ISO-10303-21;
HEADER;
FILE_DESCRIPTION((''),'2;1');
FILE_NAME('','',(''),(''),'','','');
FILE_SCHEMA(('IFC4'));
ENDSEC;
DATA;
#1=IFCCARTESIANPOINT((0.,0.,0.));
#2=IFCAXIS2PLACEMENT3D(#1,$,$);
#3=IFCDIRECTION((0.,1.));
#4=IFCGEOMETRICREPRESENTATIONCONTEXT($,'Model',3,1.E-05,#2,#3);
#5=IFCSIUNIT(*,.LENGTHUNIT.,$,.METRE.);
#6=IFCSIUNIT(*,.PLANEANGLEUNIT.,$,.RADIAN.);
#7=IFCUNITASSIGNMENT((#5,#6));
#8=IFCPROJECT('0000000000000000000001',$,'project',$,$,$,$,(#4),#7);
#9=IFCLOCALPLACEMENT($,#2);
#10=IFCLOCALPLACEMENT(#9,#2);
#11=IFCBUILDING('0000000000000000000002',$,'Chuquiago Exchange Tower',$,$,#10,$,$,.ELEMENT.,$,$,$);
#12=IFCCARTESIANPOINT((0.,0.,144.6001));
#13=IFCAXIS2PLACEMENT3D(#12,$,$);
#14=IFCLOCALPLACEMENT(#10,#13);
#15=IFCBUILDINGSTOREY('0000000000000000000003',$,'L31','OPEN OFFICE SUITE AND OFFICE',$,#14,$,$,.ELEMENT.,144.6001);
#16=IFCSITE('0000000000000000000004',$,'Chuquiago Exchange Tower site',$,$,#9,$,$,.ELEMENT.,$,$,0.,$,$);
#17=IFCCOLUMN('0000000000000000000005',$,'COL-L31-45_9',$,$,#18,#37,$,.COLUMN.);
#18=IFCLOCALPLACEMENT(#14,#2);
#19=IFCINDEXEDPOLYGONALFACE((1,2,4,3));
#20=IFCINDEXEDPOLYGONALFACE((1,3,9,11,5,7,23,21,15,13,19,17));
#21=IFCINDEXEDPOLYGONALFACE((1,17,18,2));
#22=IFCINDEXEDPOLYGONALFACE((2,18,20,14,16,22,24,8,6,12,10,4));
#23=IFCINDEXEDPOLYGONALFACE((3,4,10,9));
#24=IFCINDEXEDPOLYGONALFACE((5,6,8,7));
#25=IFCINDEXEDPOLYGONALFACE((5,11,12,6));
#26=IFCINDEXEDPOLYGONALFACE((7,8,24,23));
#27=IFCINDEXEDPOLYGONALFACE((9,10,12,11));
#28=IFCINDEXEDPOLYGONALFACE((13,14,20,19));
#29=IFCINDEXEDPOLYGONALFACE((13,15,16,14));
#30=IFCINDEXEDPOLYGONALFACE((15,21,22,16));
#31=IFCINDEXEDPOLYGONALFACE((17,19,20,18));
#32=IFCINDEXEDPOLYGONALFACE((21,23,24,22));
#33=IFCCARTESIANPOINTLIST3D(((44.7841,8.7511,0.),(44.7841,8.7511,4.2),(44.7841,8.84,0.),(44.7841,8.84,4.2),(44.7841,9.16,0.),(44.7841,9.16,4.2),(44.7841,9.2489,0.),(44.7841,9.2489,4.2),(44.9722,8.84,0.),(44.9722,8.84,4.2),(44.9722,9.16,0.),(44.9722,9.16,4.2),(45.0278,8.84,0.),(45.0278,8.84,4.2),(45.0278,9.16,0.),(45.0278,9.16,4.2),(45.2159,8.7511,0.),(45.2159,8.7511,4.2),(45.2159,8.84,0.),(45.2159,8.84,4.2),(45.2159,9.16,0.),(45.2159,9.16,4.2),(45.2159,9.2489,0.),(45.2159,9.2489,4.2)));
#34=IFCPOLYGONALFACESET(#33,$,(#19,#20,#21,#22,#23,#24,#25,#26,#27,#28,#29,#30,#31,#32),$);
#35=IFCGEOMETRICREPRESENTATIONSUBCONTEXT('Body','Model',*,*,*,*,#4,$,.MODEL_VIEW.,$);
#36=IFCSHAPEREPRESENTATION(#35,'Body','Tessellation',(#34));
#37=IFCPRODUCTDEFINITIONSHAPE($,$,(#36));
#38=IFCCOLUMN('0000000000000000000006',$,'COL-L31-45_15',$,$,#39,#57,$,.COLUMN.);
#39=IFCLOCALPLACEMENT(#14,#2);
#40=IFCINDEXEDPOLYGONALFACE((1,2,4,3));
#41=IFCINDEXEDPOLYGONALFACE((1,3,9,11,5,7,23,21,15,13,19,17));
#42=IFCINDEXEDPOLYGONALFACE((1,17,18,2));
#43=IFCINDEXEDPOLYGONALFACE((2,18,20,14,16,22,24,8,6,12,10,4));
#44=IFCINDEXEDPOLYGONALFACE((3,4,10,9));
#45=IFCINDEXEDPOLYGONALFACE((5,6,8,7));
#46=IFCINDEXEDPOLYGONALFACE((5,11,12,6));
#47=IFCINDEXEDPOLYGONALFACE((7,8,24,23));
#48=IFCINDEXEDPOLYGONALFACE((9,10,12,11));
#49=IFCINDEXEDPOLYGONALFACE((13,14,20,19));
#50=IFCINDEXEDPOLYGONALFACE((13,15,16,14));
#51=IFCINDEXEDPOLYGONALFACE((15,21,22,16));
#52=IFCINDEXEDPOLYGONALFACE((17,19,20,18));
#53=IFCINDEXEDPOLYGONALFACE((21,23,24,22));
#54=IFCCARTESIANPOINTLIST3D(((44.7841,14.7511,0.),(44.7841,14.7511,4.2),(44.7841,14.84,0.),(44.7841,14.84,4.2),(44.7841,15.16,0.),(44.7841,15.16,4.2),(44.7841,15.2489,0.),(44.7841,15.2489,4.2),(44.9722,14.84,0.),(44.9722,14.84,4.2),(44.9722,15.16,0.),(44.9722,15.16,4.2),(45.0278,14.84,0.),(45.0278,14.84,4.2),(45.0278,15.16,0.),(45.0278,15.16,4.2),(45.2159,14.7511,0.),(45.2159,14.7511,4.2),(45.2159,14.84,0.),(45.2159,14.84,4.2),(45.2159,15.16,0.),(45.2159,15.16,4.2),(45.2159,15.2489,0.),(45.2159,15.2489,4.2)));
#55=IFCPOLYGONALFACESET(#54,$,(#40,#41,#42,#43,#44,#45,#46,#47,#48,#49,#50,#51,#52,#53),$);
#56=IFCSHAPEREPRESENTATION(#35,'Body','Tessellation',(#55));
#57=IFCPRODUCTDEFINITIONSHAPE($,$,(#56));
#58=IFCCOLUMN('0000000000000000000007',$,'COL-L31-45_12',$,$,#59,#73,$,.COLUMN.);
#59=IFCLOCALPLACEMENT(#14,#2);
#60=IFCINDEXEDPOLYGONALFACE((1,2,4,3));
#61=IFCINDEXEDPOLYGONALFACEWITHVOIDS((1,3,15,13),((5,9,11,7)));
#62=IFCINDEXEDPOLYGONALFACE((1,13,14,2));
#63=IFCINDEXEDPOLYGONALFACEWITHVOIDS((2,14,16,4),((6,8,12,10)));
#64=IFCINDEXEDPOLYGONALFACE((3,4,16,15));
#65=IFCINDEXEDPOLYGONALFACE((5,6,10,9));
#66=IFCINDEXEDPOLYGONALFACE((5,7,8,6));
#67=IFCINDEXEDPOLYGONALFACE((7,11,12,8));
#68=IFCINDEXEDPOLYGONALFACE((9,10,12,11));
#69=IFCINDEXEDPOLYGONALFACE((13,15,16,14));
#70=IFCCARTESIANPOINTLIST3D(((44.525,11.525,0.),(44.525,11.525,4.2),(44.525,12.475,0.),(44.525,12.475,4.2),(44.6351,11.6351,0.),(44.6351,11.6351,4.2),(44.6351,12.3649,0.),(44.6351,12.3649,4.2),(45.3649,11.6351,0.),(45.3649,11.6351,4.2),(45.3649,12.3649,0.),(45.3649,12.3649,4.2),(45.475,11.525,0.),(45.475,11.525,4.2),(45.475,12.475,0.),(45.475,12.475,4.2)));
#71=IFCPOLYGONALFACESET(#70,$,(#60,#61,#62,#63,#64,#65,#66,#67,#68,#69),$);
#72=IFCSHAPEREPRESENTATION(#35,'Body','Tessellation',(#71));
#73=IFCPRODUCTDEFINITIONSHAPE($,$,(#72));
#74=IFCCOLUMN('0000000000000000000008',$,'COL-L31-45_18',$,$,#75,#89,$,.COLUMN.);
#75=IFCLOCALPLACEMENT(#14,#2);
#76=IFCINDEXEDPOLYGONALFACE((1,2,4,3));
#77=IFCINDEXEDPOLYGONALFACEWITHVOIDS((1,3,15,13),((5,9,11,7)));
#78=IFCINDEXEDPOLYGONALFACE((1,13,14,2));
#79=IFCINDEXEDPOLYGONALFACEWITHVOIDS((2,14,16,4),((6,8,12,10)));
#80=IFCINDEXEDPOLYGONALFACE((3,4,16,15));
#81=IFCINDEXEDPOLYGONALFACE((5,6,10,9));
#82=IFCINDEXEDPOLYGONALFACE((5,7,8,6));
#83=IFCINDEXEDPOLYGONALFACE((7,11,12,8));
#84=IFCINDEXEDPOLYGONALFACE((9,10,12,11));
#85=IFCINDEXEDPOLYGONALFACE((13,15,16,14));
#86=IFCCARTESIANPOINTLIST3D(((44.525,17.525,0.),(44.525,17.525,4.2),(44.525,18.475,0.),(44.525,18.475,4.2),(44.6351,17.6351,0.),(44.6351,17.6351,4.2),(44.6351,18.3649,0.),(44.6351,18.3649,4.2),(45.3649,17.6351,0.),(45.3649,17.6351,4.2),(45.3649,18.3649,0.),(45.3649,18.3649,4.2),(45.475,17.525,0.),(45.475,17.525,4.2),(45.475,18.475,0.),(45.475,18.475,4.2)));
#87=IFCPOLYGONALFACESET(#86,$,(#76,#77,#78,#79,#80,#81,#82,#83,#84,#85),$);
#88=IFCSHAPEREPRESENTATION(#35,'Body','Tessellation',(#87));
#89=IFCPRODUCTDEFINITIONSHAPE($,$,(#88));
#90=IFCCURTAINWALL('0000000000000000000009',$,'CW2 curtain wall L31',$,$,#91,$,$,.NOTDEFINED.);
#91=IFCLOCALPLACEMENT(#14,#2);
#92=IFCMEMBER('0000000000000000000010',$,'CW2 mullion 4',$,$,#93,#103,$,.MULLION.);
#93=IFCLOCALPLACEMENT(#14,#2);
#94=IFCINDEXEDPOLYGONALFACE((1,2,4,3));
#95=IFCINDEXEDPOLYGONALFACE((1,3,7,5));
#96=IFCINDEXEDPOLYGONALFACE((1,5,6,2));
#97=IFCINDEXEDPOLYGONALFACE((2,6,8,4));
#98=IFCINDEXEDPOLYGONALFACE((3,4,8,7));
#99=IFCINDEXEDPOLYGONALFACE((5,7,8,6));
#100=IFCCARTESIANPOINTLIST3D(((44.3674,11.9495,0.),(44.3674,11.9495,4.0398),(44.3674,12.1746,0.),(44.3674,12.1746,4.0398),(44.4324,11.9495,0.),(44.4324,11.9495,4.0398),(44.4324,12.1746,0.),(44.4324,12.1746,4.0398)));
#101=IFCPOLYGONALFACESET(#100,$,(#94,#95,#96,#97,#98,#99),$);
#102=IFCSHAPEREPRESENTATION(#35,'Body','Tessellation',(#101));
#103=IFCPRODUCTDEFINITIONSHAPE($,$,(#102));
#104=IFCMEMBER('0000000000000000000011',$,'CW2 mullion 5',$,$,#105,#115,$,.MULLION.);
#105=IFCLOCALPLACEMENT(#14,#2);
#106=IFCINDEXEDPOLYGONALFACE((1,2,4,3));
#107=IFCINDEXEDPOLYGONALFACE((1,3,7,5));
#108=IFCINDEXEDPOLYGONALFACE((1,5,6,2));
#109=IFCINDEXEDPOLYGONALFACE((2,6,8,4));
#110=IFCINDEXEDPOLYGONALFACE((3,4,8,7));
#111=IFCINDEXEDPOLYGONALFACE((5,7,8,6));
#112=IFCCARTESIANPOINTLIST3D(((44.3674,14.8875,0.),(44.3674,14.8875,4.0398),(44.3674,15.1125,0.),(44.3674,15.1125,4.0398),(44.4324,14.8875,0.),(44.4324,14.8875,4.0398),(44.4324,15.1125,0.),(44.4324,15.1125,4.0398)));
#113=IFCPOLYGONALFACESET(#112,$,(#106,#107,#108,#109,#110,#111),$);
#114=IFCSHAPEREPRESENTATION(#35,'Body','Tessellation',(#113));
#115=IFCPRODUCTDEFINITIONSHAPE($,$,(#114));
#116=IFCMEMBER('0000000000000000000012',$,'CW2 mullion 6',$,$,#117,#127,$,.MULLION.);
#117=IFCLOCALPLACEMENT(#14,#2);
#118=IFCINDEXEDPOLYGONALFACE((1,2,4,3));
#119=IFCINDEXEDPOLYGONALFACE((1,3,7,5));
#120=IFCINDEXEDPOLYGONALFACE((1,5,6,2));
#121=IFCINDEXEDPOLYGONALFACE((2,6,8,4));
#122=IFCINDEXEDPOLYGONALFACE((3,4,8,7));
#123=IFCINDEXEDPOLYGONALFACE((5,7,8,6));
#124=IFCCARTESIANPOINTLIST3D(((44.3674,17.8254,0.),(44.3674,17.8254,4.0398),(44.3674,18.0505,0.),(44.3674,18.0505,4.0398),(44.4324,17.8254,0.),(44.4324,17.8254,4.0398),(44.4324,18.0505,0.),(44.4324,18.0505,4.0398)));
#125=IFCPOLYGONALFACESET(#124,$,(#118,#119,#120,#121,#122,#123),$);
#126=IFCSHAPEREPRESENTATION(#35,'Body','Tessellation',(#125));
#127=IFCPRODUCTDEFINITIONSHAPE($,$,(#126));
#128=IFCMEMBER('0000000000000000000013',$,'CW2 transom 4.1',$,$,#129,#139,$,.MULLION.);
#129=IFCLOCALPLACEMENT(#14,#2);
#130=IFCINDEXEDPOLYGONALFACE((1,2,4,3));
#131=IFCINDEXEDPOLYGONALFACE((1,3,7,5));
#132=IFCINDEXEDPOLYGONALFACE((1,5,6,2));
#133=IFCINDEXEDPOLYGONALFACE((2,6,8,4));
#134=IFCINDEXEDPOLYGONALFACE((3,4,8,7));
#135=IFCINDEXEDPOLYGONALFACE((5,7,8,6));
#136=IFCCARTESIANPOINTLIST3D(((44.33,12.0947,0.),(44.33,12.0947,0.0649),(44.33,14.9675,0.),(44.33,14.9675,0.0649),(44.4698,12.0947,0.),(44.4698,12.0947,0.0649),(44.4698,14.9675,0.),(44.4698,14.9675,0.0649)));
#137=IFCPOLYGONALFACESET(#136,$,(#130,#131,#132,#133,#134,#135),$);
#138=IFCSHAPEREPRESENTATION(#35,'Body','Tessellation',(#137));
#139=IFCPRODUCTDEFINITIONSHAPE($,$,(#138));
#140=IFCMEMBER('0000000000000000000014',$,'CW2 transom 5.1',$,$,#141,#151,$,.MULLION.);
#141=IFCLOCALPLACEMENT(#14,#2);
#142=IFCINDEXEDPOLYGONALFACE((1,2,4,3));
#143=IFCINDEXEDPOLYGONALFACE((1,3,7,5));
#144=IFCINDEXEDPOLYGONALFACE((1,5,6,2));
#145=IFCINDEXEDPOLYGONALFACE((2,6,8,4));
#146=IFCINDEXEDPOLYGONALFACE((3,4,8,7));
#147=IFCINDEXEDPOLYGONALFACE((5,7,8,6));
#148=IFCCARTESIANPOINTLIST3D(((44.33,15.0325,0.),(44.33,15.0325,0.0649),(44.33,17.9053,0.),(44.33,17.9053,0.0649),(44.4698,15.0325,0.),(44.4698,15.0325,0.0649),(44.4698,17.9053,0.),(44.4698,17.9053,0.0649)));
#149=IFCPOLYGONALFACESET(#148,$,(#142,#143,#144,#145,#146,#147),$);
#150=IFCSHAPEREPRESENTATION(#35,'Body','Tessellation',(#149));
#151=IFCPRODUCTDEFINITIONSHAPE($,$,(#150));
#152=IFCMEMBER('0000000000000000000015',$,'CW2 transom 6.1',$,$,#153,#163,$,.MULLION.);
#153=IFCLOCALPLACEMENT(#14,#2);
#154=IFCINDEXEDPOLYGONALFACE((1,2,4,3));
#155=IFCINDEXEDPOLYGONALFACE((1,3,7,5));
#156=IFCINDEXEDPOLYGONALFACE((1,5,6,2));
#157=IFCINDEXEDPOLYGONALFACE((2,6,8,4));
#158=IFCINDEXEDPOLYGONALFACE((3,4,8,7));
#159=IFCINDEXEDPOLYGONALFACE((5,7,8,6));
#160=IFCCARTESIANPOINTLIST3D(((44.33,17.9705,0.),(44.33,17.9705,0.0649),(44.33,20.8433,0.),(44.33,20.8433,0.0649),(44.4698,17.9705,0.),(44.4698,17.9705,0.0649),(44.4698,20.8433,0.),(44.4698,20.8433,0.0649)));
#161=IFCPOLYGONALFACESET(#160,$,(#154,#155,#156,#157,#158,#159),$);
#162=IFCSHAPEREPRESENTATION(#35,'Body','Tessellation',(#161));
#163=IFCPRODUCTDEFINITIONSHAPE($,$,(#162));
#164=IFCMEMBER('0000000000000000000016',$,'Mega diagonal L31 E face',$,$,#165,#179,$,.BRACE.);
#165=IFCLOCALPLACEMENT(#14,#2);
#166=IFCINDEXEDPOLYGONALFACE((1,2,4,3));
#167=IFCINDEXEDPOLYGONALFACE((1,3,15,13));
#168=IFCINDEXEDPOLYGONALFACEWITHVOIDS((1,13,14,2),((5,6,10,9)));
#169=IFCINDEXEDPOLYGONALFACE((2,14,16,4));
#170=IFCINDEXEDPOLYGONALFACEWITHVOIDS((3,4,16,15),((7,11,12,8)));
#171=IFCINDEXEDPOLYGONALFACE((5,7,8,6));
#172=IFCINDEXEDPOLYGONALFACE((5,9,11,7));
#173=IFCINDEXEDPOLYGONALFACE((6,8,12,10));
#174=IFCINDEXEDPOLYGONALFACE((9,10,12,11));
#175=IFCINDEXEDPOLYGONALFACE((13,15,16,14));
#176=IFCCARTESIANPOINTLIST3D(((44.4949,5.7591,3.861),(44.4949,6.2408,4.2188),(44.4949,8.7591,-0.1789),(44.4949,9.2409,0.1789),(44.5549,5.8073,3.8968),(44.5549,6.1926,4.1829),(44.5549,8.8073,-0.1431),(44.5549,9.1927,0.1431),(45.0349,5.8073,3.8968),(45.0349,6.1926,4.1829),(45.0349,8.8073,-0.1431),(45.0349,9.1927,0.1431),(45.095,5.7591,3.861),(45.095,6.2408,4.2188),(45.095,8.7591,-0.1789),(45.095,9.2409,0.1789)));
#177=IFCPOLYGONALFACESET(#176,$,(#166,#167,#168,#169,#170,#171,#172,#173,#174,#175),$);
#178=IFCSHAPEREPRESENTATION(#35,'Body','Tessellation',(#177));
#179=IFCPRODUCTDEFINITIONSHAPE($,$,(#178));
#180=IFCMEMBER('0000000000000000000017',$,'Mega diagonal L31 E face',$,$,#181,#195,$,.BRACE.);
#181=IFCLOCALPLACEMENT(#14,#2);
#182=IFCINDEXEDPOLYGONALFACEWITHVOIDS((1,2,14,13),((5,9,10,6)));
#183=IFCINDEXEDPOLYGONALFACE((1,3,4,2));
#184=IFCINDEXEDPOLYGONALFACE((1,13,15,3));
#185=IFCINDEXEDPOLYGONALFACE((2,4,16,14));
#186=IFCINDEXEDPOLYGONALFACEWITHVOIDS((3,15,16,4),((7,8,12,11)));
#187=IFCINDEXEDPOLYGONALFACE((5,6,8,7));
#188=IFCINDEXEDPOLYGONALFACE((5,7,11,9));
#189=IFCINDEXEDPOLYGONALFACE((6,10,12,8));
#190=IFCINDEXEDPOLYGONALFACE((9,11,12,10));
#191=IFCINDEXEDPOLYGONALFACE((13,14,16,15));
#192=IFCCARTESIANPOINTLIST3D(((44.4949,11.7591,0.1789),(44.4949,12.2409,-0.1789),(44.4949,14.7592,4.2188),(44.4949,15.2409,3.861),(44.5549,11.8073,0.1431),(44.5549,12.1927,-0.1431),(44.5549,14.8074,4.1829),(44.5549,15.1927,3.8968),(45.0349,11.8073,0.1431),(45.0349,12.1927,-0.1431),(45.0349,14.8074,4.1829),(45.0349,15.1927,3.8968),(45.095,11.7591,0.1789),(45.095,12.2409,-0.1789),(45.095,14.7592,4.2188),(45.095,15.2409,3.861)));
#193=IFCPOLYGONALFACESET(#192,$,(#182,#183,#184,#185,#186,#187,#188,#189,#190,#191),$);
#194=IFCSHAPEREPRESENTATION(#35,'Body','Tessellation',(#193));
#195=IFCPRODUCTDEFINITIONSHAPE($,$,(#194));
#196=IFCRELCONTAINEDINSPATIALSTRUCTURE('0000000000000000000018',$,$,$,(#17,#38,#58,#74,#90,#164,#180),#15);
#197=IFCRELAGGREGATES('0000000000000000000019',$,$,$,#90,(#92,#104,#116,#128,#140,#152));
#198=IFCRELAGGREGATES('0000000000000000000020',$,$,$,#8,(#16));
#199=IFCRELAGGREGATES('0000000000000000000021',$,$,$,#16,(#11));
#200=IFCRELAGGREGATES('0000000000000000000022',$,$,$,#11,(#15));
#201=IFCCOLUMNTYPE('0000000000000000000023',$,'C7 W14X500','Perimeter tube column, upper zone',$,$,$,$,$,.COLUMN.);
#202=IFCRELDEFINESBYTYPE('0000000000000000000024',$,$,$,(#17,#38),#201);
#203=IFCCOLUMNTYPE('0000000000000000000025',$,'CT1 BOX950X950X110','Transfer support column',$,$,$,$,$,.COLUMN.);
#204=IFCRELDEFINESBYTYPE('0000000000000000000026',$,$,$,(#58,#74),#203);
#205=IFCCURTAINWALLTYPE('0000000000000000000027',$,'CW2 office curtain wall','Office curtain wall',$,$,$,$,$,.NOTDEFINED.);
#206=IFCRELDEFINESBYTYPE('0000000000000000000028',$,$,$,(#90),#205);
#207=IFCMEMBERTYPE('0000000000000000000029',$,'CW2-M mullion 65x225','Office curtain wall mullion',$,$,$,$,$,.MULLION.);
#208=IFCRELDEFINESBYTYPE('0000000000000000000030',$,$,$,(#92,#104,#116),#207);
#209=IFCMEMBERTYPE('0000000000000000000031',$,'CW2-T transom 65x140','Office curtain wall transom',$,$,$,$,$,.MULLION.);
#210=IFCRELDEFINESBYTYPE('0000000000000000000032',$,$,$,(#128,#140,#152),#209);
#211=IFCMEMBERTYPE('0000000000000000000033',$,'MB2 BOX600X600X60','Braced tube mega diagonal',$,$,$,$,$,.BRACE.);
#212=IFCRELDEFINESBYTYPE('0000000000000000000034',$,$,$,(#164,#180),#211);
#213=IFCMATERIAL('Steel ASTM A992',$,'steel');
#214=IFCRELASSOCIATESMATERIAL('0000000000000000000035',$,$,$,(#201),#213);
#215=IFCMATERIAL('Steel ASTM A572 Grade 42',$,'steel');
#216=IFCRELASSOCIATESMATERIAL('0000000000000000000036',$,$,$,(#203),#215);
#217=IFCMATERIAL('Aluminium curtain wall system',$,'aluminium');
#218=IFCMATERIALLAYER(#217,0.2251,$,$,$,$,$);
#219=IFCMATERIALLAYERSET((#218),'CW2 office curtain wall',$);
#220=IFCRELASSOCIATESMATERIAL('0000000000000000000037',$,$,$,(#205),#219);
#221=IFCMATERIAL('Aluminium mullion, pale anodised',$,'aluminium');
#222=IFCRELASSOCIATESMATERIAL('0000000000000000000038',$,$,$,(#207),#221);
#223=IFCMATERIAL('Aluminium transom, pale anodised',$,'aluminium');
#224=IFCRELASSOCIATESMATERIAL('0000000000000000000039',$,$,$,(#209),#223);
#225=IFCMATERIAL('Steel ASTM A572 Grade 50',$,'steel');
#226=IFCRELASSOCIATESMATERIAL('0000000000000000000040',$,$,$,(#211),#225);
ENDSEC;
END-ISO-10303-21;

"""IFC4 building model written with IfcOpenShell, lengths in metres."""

from ifc_helpers import new_model, si_unit, direction, frame, origin, origin_2d, place, context, subcontext, project, spatial, rectangle, hollow_rectangle, i_section, extrude, material, layer, layer_set, material_profile, profile_set, type_object, element, aggregate, save


model = new_model("IFC4")

# Units and contexts
model_context = context("Model", 3, precision=1e-05, world=origin(), true_north=direction((0.0, 1.0)))
body_context = subcontext(model_context, "Body", "Model", "MODEL_VIEW")
ifc_project = project(units=[si_unit("LENGTHUNIT", "METRE"), si_unit("PLANEANGLEUNIT", "RADIAN")], contexts=[model_context])

# Site, building, storey
site_placement = place(None, origin())
site = spatial("IfcSite", under=ifc_project, at=site_placement, Name="Chuquiago Exchange Tower site", CompositionType="ELEMENT", RefElevation=0.0)
building_placement = place(site_placement, origin())
building = spatial("IfcBuilding", under=site, at=building_placement, Name="Chuquiago Exchange Tower", CompositionType="ELEMENT")
storey_placement = place(building_placement, frame((0.0, 0.0, 144.6001)))
storey = spatial("IfcBuildingStorey", under=building, at=storey_placement, Name="L31", Description="OPEN OFFICE SUITE AND OFFICE", CompositionType="ELEMENT", Elevation=144.6001)

# Columns
ifc_material_1 = material(Name="Steel ASTM A992", Category="steel")
ifc_material_profile_1 = material_profile(ifc_material_1, i_section(OverallWidth=0.4319, OverallDepth=0.4978, WebThickness=0.0557, FlangeThickness=0.0889, at=origin_2d()), Name="W14X500")
ifc_profile_set_1 = profile_set([ifc_material_profile_1], Name="Steel ASTM A992")
column_type_1 = type_object("IfcColumnType", Name="C7 W14X500", Description="Perimeter tube column, upper zone", PredefinedType="COLUMN", material=ifc_profile_set_1)
for number, where, z_axis, x_axis, name in (
    (1, (45.0, 9.0, 0.0), (0.0, 0.0, 1.0), (1.0, 0.0, 0.0), "COL-L31-45_9"),
    (2, (45.0, 15.0, 0.0), (0.0, 0.0, 1.0), (1.0, 0.0, 0.0), "COL-L31-45_15"),
):
    element("IfcColumn", number, at=place(storey_placement, frame(where, z_axis=z_axis, x_axis=x_axis)), inside=storey, type_object=column_type_1, Name=name, PredefinedType="COLUMN", context=body_context, shape_type="SweptSolid", body=[
        extrude(i_section(OverallWidth=0.4319, OverallDepth=0.4978, WebThickness=0.0557, FlangeThickness=0.0889, at=origin_2d()), origin(), (0.0, 0.0, 1.0), 4.2),
    ])
ifc_material_2 = material(Name="Steel ASTM A572 Grade 42", Category="steel")
ifc_material_profile_2 = material_profile(ifc_material_2, hollow_rectangle(XDim=0.95, YDim=0.95, WallThickness=0.1101, at=origin_2d()), Name="BOX950X950X110")
ifc_profile_set_2 = profile_set([ifc_material_profile_2], Name="Steel ASTM A572 Grade 42")
column_type_2 = type_object("IfcColumnType", Name="CT1 BOX950X950X110", Description="Transfer support column", PredefinedType="COLUMN", material=ifc_profile_set_2)
for number, where, z_axis, x_axis, name in (
    (3, (45.0, 12.0, 0.0), (0.0, 0.0, 1.0), (1.0, 0.0, 0.0), "COL-L31-45_12"),
    (4, (45.0, 18.0, 0.0), (0.0, 0.0, 1.0), (1.0, 0.0, 0.0), "COL-L31-45_18"),
):
    element("IfcColumn", number, at=place(storey_placement, frame(where, z_axis=z_axis, x_axis=x_axis)), inside=storey, type_object=column_type_2, Name=name, PredefinedType="COLUMN", context=body_context, shape_type="SweptSolid", body=[
        extrude(hollow_rectangle(XDim=0.95, YDim=0.95, WallThickness=0.1101, at=origin_2d()), origin(), (0.0, 0.0, 1.0), 4.2),
    ])

# Curtain wall, members
ifc_material_3 = material(Name="Aluminium curtain wall system", Category="aluminium")
ifc_layer_1 = layer(ifc_material_3, 0.2251)
ifc_layer_set_1 = layer_set([ifc_layer_1], Name="CW2 office curtain wall")
curtain_wall_type = type_object("IfcCurtainWallType", Name="CW2 office curtain wall", Description="Office curtain wall", PredefinedType="NOTDEFINED", material=ifc_layer_set_1)
curtain_wall_placement = place(storey_placement, origin())
curtain_wall = element("IfcCurtainWall", 5, at=curtain_wall_placement, inside=storey, type_object=curtain_wall_type, Name="CW2 curtain wall L31", PredefinedType="NOTDEFINED")
ifc_material_4 = material(Name="Aluminium mullion, pale anodised", Category="aluminium")
ifc_material_profile_3 = material_profile(ifc_material_4, rectangle(XDim=0.0649, YDim=0.2251, at=origin_2d()), Name="AL 65x225")
ifc_profile_set_3 = profile_set([ifc_material_profile_3], Name="Aluminium mullion, pale anodised")
member_type_1 = type_object("IfcMemberType", Name="CW2-M mullion 65x225", Description="Office curtain wall mullion", PredefinedType="MULLION", material=ifc_profile_set_3)
member_1_placement = place(storey_placement, frame((44.3999, 12.062, 0.0), z_axis=(0.0, 0.0, 1.0), x_axis=(-1.0, 0.0, 0.0)))
member_1 = element("IfcMember", 6, at=member_1_placement, type_object=member_type_1, Name="CW2 mullion 4", PredefinedType="MULLION", context=body_context, shape_type="SweptSolid", body=[
    extrude(rectangle(XDim=0.0649, YDim=0.2251, at=origin_2d()), origin(), (0.0, 0.0, 1.0), 4.0398),
])
member_2_placement = place(storey_placement, frame((44.3999, 15.0, 0.0), z_axis=(0.0, 0.0, 1.0), x_axis=(-1.0, 0.0, 0.0)))
member_2 = element("IfcMember", 7, at=member_2_placement, type_object=member_type_1, Name="CW2 mullion 5", PredefinedType="MULLION", context=body_context, shape_type="SweptSolid", body=[
    extrude(rectangle(XDim=0.0649, YDim=0.2251, at=origin_2d()), origin(), (0.0, 0.0, 1.0), 4.0398),
])
member_3_placement = place(storey_placement, frame((44.3999, 17.938, 0.0), z_axis=(0.0, 0.0, 1.0), x_axis=(-1.0, 0.0, 0.0)))
member_3 = element("IfcMember", 8, at=member_3_placement, type_object=member_type_1, Name="CW2 mullion 6", PredefinedType="MULLION", context=body_context, shape_type="SweptSolid", body=[
    extrude(rectangle(XDim=0.0649, YDim=0.2251, at=origin_2d()), origin(), (0.0, 0.0, 1.0), 4.0398),
])
ifc_material_5 = material(Name="Aluminium transom, pale anodised", Category="aluminium")
ifc_material_profile_4 = material_profile(ifc_material_5, rectangle(XDim=0.1399, YDim=0.0649, at=origin_2d()), Name="AL 140x65")
ifc_profile_set_4 = profile_set([ifc_material_profile_4], Name="Aluminium transom, pale anodised")
member_type_2 = type_object("IfcMemberType", Name="CW2-T transom 65x140", Description="Office curtain wall transom", PredefinedType="MULLION", material=ifc_profile_set_4)
member_4_placement = place(storey_placement, frame((44.3999, 12.0947, 0.0325), z_axis=(0.0, 1.0, 0.0), x_axis=(-1.0, 0.0, 0.0)))
member_4 = element("IfcMember", 9, at=member_4_placement, type_object=member_type_2, Name="CW2 transom 4.1", PredefinedType="MULLION", context=body_context, shape_type="SweptSolid", body=[
    extrude(rectangle(XDim=0.1399, YDim=0.0649, at=origin_2d()), origin(), (0.0, 0.0, 1.0), 2.8728),
])
member_5_placement = place(storey_placement, frame((44.3999, 15.0325, 0.0325), z_axis=(0.0, 1.0, 0.0), x_axis=(-1.0, 0.0, 0.0)))
member_5 = element("IfcMember", 10, at=member_5_placement, type_object=member_type_2, Name="CW2 transom 5.1", PredefinedType="MULLION", context=body_context, shape_type="SweptSolid", body=[
    extrude(rectangle(XDim=0.1399, YDim=0.0649, at=origin_2d()), origin(), (0.0, 0.0, 1.0), 2.8728),
])
member_6_placement = place(storey_placement, frame((44.3999, 17.9705, 0.0325), z_axis=(0.0, 1.0, 0.0), x_axis=(-1.0, 0.0, 0.0)))
member_6 = element("IfcMember", 11, at=member_6_placement, type_object=member_type_2, Name="CW2 transom 6.1", PredefinedType="MULLION", context=body_context, shape_type="SweptSolid", body=[
    extrude(rectangle(XDim=0.1399, YDim=0.0649, at=origin_2d()), origin(), (0.0, 0.0, 1.0), 2.8728),
])

# Members
ifc_material_6 = material(Name="Steel ASTM A572 Grade 50", Category="steel")
ifc_material_profile_5 = material_profile(ifc_material_6, hollow_rectangle(XDim=0.6001, YDim=0.6001, WallThickness=0.0601, at=origin_2d()), Name="BOX600X600X60")
ifc_profile_set_5 = profile_set([ifc_material_profile_5], Name="Steel ASTM A572 Grade 50")
member_type_3 = type_object("IfcMemberType", Name="MB2 BOX600X600X60", Description="Braced tube mega diagonal", PredefinedType="BRACE", material=ifc_profile_set_5)
for number, where, z_axis, x_axis, name in (
    (12, (44.7949, 9.0, 0.0), (0.0, -0.596197, 0.802838), (1.0, 0.0, 0.0), "Mega diagonal L31 E face"),
    (13, (44.7949, 12.0, 0.0), (0.0, 0.596197, 0.802838), (-1.0, 0.0, 0.0), "Mega diagonal L31 E face"),
):
    element("IfcMember", number, at=place(storey_placement, frame(where, z_axis=z_axis, x_axis=x_axis)), inside=storey, type_object=member_type_3, Name=name, PredefinedType="BRACE", context=body_context, shape_type="SweptSolid", body=[
        extrude(hollow_rectangle(XDim=0.6001, YDim=0.6001, WallThickness=0.0601, at=origin_2d()), origin(), (0.0, 0.0, 1.0), 5.032),
    ])

aggregate(curtain_wall, [member_1, member_2, member_3, member_4, member_5, member_6])

save(model, "model.ifc")
